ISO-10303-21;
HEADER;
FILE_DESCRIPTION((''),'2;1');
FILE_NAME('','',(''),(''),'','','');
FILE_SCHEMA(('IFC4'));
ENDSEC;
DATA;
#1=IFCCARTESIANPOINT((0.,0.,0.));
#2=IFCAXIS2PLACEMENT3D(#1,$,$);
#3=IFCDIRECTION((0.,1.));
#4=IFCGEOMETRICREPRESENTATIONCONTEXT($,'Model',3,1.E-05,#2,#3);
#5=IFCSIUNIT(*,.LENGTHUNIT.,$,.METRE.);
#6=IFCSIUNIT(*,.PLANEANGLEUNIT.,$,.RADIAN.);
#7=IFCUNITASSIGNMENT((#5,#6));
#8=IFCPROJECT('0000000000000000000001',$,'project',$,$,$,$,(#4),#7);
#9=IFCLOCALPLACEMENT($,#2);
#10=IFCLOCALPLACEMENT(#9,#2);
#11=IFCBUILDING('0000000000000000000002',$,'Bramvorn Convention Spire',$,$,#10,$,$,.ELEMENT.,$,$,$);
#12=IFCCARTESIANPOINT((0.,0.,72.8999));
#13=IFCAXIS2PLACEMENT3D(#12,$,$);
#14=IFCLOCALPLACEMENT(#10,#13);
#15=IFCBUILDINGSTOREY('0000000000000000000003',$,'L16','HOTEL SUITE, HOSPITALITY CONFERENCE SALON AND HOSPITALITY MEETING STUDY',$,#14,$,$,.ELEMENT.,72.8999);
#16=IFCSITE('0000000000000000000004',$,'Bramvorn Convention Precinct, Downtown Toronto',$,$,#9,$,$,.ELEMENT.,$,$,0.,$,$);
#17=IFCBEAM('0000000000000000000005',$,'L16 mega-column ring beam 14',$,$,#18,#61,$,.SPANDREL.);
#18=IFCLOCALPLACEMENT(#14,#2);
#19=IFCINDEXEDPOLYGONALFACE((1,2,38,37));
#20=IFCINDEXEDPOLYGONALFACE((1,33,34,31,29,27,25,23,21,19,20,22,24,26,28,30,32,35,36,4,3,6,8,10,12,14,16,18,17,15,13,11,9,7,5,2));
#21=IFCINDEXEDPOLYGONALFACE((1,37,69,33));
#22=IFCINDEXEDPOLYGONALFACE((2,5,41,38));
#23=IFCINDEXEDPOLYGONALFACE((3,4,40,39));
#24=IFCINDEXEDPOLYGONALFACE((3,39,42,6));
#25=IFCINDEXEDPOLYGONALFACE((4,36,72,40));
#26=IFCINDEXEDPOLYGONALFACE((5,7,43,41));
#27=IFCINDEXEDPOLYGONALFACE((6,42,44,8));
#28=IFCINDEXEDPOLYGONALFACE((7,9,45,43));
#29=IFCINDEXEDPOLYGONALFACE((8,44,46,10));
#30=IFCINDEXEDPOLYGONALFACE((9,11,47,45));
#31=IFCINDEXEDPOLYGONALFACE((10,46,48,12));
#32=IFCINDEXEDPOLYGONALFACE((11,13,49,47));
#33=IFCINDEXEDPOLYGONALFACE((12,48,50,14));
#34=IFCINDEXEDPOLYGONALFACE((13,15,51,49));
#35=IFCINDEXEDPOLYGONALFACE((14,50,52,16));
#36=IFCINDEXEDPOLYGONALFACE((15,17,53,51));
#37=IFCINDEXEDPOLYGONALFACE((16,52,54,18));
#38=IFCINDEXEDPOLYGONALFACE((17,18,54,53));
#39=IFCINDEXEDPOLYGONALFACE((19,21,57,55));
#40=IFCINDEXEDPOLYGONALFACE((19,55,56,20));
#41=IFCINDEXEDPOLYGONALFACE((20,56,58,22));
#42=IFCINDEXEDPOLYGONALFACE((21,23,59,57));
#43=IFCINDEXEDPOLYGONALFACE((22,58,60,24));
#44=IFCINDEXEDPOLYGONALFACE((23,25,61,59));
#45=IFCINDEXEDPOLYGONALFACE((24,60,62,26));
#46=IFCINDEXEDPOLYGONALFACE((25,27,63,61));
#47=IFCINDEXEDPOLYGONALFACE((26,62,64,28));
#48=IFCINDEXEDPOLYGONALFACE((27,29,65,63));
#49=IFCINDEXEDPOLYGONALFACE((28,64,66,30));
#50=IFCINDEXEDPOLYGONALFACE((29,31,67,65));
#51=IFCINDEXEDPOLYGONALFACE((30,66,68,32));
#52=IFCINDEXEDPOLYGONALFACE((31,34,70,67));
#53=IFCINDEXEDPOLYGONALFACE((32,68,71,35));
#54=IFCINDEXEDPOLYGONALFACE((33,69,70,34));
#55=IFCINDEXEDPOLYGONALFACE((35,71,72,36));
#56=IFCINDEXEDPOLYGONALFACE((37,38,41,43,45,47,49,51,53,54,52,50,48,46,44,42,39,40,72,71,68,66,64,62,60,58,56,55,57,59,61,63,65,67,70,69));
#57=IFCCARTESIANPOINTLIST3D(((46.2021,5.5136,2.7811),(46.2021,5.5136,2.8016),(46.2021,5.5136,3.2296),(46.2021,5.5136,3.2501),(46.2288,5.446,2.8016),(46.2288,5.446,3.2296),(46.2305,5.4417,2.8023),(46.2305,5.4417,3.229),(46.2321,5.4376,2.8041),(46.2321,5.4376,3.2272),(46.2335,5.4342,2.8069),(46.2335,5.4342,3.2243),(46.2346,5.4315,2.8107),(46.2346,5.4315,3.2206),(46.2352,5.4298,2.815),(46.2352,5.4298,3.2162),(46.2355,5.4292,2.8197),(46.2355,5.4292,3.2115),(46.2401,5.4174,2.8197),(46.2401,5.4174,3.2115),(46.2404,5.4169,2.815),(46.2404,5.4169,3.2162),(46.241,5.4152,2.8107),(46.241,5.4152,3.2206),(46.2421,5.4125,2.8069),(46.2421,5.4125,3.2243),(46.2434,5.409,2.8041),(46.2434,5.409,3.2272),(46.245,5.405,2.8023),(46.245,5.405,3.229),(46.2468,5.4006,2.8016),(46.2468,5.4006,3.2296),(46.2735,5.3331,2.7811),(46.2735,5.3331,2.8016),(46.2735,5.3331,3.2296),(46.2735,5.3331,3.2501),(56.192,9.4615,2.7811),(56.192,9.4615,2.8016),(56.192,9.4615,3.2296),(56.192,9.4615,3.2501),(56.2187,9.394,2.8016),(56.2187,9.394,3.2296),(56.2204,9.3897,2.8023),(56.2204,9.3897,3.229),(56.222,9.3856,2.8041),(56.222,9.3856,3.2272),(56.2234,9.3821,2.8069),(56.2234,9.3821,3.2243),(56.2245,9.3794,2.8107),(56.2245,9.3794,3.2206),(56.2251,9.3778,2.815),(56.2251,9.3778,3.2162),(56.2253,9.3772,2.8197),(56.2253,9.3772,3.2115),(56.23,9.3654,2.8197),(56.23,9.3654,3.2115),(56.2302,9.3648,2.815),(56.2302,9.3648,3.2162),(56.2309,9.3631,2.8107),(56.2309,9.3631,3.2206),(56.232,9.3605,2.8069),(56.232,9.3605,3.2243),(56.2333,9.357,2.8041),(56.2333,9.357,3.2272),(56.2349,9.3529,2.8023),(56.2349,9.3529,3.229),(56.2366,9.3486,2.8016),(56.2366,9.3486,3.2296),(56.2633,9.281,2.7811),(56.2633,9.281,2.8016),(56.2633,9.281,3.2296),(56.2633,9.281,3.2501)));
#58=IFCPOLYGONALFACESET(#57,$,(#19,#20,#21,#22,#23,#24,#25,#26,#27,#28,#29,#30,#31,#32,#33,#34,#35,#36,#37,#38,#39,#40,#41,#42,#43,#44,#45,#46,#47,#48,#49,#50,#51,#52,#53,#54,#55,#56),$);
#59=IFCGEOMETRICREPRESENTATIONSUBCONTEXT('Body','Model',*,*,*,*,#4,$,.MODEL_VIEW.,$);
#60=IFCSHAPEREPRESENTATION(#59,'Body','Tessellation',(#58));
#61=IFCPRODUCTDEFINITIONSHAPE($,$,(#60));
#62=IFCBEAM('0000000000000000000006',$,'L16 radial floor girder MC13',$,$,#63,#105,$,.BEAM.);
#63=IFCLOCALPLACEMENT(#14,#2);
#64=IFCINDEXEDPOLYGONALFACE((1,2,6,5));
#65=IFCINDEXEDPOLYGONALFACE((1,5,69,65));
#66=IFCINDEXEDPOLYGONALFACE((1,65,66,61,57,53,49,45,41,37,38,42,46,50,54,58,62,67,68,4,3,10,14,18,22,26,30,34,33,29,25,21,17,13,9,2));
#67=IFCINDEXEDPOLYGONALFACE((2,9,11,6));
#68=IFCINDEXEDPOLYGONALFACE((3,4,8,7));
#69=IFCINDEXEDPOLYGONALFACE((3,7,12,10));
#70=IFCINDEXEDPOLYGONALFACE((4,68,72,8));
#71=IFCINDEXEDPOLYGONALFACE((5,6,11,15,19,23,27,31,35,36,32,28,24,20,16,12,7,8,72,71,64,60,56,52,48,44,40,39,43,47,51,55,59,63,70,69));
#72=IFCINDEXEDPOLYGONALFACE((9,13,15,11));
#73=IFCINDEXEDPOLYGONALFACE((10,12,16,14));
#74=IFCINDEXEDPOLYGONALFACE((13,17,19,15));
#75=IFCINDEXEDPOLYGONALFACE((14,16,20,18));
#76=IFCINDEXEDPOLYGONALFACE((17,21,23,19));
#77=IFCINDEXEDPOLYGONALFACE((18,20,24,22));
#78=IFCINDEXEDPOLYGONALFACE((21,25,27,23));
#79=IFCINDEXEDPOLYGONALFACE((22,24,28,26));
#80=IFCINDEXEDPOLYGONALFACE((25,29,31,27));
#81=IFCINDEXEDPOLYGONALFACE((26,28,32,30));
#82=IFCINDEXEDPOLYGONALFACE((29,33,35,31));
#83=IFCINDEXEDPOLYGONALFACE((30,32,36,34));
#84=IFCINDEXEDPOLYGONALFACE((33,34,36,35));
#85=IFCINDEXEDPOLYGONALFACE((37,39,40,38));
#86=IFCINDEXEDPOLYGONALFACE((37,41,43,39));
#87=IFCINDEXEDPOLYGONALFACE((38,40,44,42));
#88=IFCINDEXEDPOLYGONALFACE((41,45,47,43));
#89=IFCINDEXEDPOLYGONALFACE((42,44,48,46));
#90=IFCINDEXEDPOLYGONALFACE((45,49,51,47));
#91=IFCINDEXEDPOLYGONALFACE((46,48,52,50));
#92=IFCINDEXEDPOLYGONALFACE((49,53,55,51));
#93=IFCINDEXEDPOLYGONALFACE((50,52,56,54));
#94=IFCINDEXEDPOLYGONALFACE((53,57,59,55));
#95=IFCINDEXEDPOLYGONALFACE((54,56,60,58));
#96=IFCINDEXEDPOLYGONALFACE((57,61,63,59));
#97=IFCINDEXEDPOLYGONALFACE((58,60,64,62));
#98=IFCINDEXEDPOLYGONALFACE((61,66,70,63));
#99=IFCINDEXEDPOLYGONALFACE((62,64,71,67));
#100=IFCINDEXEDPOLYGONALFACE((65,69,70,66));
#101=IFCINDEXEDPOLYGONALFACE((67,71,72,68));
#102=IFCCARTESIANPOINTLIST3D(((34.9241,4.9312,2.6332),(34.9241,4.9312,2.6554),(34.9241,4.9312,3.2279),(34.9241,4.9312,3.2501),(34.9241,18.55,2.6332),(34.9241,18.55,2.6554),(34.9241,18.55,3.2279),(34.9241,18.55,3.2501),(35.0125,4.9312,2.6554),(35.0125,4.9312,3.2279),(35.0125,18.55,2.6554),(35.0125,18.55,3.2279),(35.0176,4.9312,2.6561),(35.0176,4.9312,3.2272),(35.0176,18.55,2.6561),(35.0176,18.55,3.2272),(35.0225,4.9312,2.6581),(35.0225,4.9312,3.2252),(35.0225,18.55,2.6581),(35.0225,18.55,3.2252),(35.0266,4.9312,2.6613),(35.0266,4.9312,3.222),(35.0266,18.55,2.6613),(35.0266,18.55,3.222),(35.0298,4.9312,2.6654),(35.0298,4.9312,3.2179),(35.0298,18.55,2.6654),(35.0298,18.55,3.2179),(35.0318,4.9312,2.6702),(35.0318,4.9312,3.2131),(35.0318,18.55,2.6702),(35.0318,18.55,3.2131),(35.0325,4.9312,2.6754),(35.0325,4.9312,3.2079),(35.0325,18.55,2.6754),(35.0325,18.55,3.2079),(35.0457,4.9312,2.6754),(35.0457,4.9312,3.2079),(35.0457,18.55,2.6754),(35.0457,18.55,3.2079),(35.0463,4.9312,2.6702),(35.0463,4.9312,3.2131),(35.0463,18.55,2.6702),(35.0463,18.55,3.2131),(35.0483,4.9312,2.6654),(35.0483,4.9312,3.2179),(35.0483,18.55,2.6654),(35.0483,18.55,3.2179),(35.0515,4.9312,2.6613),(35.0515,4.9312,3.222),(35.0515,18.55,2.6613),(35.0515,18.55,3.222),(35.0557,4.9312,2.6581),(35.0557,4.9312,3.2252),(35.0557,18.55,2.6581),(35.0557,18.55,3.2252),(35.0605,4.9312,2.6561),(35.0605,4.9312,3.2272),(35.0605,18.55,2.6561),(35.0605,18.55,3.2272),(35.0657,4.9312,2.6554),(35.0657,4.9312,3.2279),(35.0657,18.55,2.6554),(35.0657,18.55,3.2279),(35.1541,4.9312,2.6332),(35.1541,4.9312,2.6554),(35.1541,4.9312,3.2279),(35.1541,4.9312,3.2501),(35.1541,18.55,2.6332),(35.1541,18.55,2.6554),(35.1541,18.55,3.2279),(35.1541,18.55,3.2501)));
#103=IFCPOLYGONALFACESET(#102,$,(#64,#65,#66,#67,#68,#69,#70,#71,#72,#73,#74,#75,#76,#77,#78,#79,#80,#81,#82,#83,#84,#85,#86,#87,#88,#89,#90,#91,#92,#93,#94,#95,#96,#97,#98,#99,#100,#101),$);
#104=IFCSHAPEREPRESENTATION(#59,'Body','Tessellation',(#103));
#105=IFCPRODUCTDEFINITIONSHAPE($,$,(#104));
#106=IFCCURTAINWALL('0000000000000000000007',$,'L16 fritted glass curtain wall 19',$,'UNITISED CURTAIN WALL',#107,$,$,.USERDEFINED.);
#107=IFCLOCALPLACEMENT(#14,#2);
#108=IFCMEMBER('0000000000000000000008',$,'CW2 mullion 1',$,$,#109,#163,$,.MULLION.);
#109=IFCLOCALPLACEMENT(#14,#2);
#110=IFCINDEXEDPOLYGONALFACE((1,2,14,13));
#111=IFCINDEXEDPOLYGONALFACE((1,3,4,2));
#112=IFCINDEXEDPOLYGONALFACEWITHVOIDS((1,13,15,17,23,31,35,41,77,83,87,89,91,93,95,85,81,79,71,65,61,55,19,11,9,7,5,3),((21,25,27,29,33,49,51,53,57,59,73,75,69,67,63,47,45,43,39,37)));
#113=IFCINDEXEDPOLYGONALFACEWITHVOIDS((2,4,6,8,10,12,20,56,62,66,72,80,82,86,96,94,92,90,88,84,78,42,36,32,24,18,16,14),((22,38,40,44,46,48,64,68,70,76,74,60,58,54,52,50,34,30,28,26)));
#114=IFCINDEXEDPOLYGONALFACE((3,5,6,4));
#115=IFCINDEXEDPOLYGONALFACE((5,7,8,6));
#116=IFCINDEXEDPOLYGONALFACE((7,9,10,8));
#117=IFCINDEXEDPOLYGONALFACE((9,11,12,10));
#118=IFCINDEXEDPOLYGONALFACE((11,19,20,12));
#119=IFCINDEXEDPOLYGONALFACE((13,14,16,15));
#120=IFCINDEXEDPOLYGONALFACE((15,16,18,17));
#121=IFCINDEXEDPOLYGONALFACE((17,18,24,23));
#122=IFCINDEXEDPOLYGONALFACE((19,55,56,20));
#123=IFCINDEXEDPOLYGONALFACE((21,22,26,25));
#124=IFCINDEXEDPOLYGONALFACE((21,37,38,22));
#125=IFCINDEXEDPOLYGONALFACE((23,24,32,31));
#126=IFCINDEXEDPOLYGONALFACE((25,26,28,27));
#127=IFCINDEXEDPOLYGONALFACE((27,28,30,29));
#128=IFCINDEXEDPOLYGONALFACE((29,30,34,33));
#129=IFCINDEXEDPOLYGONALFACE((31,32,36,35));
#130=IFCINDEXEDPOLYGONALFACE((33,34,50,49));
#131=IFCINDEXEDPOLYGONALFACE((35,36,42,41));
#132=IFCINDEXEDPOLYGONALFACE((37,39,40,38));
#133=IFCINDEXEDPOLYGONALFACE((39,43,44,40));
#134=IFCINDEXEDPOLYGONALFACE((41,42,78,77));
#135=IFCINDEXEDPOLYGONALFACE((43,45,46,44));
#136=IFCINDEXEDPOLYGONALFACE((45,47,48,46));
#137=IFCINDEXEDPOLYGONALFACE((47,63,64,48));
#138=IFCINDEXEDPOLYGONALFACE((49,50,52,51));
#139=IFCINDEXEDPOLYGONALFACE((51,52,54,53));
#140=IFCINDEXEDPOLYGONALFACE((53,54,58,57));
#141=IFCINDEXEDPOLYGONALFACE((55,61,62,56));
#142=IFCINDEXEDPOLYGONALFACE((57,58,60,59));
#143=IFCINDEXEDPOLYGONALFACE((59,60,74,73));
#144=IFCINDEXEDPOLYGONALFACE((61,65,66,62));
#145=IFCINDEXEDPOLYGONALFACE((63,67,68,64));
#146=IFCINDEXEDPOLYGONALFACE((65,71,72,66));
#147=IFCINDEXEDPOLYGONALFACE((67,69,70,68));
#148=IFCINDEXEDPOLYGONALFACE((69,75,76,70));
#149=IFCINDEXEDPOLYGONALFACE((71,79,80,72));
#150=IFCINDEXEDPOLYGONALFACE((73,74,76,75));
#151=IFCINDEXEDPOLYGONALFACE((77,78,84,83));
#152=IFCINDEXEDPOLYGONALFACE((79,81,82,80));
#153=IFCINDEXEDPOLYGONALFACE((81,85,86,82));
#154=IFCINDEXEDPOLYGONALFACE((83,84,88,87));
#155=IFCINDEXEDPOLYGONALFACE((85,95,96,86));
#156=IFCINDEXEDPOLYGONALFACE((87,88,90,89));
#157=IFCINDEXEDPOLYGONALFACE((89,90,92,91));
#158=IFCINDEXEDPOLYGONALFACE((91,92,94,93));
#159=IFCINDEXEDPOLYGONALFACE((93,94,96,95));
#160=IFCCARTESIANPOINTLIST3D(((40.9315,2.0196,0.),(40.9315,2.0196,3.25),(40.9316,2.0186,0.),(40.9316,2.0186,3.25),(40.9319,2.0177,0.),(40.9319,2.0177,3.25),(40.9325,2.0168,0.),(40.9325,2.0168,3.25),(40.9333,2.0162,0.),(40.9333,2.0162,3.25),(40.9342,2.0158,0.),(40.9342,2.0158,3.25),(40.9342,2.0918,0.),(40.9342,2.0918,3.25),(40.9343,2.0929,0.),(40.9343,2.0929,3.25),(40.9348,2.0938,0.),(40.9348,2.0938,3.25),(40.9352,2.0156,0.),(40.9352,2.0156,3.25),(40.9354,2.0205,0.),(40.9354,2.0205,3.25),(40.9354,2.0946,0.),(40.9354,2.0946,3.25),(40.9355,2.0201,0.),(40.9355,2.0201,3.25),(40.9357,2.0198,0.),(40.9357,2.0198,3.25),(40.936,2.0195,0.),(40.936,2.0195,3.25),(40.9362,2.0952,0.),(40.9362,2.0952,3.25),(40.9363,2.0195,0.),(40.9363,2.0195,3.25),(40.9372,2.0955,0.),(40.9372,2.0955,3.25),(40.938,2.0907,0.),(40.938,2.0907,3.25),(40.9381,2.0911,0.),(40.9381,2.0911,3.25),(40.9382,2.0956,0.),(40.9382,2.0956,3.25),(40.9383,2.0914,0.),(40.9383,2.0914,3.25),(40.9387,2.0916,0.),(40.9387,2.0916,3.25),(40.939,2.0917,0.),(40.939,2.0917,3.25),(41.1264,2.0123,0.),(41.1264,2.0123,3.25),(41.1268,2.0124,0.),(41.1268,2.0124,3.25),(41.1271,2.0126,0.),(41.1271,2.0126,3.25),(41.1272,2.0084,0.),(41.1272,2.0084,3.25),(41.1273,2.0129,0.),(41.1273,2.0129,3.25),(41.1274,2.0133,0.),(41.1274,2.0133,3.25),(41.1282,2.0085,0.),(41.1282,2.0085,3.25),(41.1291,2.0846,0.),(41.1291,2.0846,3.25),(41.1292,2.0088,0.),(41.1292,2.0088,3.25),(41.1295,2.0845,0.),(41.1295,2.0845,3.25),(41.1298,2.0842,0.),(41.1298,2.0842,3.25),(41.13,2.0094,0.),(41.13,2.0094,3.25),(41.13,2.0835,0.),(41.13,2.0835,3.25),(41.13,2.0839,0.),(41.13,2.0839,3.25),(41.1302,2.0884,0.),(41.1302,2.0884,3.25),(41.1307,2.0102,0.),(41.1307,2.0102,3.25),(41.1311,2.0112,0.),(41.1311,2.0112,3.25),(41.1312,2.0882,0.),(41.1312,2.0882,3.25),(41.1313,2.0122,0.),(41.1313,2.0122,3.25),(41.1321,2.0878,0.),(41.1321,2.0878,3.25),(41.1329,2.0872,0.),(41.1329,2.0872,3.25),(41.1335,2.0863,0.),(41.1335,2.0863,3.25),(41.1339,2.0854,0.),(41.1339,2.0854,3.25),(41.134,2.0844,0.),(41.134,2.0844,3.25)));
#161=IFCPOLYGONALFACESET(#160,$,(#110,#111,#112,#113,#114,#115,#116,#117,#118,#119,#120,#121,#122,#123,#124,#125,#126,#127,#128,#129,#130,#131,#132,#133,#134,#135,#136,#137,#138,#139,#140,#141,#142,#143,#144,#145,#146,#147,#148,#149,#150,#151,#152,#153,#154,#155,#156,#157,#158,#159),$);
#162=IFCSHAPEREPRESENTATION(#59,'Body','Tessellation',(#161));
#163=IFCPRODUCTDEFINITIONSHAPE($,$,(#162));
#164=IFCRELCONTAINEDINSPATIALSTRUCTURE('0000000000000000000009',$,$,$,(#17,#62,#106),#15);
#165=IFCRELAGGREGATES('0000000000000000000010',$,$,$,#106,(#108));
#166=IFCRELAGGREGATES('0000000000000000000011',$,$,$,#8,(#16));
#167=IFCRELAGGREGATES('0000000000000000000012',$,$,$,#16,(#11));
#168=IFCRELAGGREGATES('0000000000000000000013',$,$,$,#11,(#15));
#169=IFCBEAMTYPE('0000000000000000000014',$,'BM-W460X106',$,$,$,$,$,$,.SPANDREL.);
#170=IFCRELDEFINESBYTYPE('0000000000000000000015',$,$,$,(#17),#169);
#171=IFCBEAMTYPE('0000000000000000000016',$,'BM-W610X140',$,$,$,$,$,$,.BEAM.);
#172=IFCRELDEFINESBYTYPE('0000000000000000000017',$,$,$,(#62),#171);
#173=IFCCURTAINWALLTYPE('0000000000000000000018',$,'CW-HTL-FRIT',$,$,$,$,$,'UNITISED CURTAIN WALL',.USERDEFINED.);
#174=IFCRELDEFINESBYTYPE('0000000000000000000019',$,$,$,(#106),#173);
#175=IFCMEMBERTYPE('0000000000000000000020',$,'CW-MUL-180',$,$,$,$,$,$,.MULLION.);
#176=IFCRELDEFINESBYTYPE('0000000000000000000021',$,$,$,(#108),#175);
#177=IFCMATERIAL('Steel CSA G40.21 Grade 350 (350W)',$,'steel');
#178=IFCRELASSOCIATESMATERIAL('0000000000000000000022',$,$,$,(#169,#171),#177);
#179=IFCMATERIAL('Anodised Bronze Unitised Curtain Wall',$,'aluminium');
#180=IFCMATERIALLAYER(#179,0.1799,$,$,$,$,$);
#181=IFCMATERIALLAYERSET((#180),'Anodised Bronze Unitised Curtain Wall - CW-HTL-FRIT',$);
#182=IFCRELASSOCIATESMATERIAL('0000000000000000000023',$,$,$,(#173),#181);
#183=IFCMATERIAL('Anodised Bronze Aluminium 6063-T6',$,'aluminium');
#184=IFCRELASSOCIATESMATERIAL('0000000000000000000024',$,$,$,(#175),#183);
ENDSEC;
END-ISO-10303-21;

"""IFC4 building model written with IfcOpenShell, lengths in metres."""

from ifc_helpers import new_model, si_unit, direction, frame, origin, origin_2d, place, context, subcontext, project, spatial, hollow_rectangle, i_section, extrude, material, layer, layer_set, material_profile, profile_set, type_object, element, aggregate, save


model = new_model("IFC4")

# Units and contexts
model_context = context("Model", 3, precision=1e-05, world=origin(), true_north=direction((0.0, 1.0)))
body_context = subcontext(model_context, "Body", "Model", "MODEL_VIEW")
ifc_project = project(units=[si_unit("LENGTHUNIT", "METRE"), si_unit("PLANEANGLEUNIT", "RADIAN")], contexts=[model_context])

# Site, building, storey
site_placement = place(None, origin())
site = spatial("IfcSite", under=ifc_project, at=site_placement, Name="Bramvorn Convention Precinct, Downtown Toronto", CompositionType="ELEMENT", RefElevation=0.0)
building_placement = place(site_placement, origin())
building = spatial("IfcBuilding", under=site, at=building_placement, Name="Bramvorn Convention Spire", CompositionType="ELEMENT")
storey_placement = place(building_placement, frame((0.0, 0.0, 72.8999)))
storey = spatial("IfcBuildingStorey", under=building, at=storey_placement, Name="L16", Description="HOTEL SUITE, HOSPITALITY CONFERENCE SALON AND HOSPITALITY MEETING STUDY", CompositionType="ELEMENT", Elevation=72.8999)

# Shared definitions
ifc_material_1 = material(Name="Steel CSA G40.21 Grade 350 (350W)", Category="steel")

# Beams
ifc_material_profile_1 = material_profile(ifc_material_1, i_section(OverallWidth=0.1941, OverallDepth=0.469, WebThickness=0.0127, FlangeThickness=0.0205, FilletRadius=0.0181, at=origin_2d()))
ifc_profile_set_1 = profile_set([ifc_material_profile_1], Name="Steel CSA G40.21 Grade 350 (350W) - W460X106")
beam_type_1 = type_object("IfcBeamType", Name="BM-W460X106", PredefinedType="SPANDREL", material=ifc_profile_set_1)
beam_1_placement = place(storey_placement, frame((46.2378, 5.4233, 3.0156), z_axis=(0.93001, 0.367535, 0.0), x_axis=(-0.367535, 0.93001, 0.0)))
element("IfcBeam", 1, at=beam_1_placement, inside=storey, type_object=beam_type_1, Name="L16 mega-column ring beam 14", PredefinedType="SPANDREL", context=body_context, shape_type="SweptSolid", body=[
    extrude(i_section(OverallWidth=0.1941, OverallDepth=0.469, WebThickness=0.0127, FlangeThickness=0.0205, FilletRadius=0.0181, at=origin_2d()), origin(), (0.0, 0.0, 1.0), 10.7417),
])
ifc_material_profile_2 = material_profile(ifc_material_1, i_section(OverallWidth=0.23, OverallDepth=0.6169, WebThickness=0.0132, FlangeThickness=0.0222, FilletRadius=0.02, at=origin_2d()))
ifc_profile_set_2 = profile_set([ifc_material_profile_2], Name="Steel CSA G40.21 Grade 350 (350W) - W610X140")
beam_type_2 = type_object("IfcBeamType", Name="BM-W610X140", PredefinedType="BEAM", material=ifc_profile_set_2)
beam_2_placement = place(storey_placement, frame((35.0391, 18.55, 2.9417), z_axis=(0.0, -1.0, 0.0), x_axis=(1.0, 0.0, 0.0)))
element("IfcBeam", 2, at=beam_2_placement, inside=storey, type_object=beam_type_2, Name="L16 radial floor girder MC13", PredefinedType="BEAM", context=body_context, shape_type="SweptSolid", body=[
    extrude(i_section(OverallWidth=0.23, OverallDepth=0.6169, WebThickness=0.0132, FlangeThickness=0.0222, FilletRadius=0.02, at=origin_2d()), origin(), (0.0, 0.0, 1.0), 13.6189),
])

# Curtain wall, member
ifc_material_2 = material(Name="Anodised Bronze Unitised Curtain Wall", Category="aluminium")
ifc_layer_1 = layer(ifc_material_2, 0.1799)
ifc_layer_set_1 = layer_set([ifc_layer_1], Name="Anodised Bronze Unitised Curtain Wall - CW-HTL-FRIT")
curtain_wall_type = type_object("IfcCurtainWallType", Name="CW-HTL-FRIT", ElementType="UNITISED CURTAIN WALL", PredefinedType="USERDEFINED", material=ifc_layer_set_1)
curtain_wall_placement = place(storey_placement, origin())
curtain_wall = element("IfcCurtainWall", 3, at=curtain_wall_placement, inside=storey, type_object=curtain_wall_type, Name="L16 fritted glass curtain wall 19", ObjectType="UNITISED CURTAIN WALL", PredefinedType="USERDEFINED")
ifc_material_3 = material(Name="Anodised Bronze Aluminium 6063-T6", Category="aluminium")
ifc_material_profile_3 = material_profile(ifc_material_3, hollow_rectangle(XDim=0.0801, YDim=0.2, WallThickness=0.0039, InnerFilletRadius=0.001, OuterFilletRadius=0.0039, at=origin_2d()))
ifc_profile_set_3 = profile_set([ifc_material_profile_3], Name="Anodised Bronze Aluminium 6063-T6 - CWM80X200")
member_type_1 = type_object("IfcMemberType", Name="CW-MUL-180", PredefinedType="MULLION", material=ifc_profile_set_3)
member_1_placement = place(storey_placement, frame((41.0327, 2.052, 0.0), z_axis=(0.0, 0.0, 1.0), x_axis=(-0.037397, -0.9993, 0.0)))
member_1 = element("IfcMember", 4, at=member_1_placement, type_object=member_type_1, Name="CW2 mullion 1", PredefinedType="MULLION", context=body_context, shape_type="SweptSolid", body=[
    extrude(hollow_rectangle(XDim=0.0801, YDim=0.2, WallThickness=0.0039, InnerFilletRadius=0.001, OuterFilletRadius=0.0039, at=origin_2d()), origin(), (0.0, 0.0, 1.0), 3.25),
])

aggregate(curtain_wall, [member_1])

save(model, "model.ifc")
